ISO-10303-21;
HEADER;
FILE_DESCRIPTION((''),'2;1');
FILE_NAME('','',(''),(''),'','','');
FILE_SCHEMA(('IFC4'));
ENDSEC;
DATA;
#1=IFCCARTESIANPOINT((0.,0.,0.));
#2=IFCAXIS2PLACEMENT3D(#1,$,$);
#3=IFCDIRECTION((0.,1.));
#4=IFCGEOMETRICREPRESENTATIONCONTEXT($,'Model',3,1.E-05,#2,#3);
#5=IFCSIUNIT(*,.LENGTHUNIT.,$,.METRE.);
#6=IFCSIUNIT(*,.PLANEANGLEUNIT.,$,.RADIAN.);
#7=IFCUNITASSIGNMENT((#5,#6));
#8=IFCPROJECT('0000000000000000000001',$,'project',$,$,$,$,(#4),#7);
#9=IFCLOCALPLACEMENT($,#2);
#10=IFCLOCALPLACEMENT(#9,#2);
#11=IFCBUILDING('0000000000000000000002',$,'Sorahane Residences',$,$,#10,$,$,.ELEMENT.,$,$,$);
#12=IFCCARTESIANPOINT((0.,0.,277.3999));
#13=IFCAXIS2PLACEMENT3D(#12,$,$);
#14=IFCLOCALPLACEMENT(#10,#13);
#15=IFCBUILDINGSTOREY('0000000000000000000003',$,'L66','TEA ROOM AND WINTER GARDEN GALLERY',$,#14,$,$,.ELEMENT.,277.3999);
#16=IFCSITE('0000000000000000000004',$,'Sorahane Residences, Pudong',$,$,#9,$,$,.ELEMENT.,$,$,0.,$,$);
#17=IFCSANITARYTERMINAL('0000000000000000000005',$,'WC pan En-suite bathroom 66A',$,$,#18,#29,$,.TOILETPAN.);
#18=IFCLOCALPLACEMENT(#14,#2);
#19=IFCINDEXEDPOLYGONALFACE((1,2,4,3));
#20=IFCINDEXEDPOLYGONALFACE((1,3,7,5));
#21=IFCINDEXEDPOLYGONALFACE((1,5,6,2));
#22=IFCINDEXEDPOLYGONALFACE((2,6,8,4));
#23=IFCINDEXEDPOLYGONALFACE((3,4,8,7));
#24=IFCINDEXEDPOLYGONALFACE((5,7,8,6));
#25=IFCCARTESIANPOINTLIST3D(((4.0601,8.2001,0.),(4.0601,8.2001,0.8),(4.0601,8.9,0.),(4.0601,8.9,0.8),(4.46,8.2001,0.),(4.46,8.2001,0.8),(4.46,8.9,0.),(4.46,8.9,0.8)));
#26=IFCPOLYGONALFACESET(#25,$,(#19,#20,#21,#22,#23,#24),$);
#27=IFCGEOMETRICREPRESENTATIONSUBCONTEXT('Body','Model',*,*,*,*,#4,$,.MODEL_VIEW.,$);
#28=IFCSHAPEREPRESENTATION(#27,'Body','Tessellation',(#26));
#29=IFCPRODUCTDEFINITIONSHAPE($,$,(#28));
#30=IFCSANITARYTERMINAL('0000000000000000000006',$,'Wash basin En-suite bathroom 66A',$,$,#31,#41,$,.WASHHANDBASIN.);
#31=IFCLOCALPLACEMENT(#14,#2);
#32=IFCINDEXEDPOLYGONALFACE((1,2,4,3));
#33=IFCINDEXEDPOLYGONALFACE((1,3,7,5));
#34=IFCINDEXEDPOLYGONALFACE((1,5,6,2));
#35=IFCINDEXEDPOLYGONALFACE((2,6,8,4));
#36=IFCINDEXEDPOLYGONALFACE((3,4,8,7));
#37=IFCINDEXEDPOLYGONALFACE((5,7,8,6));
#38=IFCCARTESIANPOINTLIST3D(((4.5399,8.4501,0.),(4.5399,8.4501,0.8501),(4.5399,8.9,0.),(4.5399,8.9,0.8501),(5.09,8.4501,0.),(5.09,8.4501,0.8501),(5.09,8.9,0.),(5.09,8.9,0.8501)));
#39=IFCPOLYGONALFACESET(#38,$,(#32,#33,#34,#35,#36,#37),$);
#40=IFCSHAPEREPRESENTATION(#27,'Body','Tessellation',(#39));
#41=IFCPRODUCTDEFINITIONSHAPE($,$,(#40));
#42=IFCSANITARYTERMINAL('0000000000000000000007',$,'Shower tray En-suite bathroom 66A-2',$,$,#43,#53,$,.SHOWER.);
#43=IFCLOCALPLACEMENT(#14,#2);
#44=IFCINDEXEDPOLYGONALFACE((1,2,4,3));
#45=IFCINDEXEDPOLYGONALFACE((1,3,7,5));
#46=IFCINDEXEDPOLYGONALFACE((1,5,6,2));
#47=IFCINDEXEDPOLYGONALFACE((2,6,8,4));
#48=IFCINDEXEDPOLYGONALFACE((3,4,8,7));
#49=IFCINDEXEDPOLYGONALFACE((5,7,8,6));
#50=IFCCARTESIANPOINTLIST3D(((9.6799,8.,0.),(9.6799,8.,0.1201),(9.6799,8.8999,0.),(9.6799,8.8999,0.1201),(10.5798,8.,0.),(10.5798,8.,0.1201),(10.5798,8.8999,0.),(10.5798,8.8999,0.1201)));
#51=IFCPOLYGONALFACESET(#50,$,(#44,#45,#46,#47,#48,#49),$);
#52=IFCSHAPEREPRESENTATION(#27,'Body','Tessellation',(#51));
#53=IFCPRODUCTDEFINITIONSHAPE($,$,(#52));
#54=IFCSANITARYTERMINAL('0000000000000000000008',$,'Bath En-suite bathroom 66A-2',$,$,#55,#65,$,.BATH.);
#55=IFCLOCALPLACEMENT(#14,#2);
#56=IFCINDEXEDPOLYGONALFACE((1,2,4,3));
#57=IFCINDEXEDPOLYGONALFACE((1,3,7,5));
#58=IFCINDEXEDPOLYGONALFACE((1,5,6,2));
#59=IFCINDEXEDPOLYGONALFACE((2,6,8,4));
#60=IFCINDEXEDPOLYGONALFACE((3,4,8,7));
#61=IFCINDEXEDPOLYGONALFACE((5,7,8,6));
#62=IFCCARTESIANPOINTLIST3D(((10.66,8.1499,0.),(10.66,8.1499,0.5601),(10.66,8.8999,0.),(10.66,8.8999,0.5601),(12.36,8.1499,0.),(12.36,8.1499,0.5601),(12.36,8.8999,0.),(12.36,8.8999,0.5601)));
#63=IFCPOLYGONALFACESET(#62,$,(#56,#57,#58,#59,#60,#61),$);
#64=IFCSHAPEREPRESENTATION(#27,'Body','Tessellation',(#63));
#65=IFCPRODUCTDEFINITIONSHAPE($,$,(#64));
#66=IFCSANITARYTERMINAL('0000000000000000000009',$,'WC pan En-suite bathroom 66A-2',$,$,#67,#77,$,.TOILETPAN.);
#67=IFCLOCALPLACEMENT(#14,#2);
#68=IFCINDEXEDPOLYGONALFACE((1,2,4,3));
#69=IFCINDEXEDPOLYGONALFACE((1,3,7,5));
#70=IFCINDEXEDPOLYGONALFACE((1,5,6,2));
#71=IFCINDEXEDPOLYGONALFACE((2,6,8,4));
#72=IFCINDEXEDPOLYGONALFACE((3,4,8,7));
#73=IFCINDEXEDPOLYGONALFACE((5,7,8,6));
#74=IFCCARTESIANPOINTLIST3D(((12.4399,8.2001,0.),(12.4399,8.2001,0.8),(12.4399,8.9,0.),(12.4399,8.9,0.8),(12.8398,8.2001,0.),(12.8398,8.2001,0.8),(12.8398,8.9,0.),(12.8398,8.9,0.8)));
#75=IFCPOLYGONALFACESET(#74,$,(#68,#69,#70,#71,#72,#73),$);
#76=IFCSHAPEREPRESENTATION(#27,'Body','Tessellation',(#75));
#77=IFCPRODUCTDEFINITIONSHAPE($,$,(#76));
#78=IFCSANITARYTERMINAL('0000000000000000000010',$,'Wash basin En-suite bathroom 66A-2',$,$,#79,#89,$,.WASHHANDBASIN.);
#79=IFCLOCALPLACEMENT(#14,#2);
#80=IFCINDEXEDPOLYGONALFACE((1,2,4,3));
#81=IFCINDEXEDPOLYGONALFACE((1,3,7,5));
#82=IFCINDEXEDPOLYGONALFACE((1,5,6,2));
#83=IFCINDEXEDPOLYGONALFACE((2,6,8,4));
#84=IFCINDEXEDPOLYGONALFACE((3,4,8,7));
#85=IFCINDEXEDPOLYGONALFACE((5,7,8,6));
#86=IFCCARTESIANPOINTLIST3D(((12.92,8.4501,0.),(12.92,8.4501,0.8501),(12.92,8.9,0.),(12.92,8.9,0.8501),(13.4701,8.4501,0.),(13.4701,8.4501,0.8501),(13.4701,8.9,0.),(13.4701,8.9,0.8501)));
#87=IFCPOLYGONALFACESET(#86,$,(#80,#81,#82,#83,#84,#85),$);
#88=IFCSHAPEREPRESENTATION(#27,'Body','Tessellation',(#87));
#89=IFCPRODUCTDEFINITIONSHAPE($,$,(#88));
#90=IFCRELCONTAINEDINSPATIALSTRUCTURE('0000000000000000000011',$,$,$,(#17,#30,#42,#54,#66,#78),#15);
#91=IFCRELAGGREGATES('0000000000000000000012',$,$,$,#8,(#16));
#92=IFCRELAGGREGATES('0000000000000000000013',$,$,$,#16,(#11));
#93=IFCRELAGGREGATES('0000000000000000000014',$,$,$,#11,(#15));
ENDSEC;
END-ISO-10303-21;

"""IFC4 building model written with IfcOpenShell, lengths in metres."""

from ifc_helpers import new_model, si_unit, direction, frame, origin, origin_2d, place, context, subcontext, project, spatial, rectangle, extrude, element, save


model = new_model("IFC4")

# Units and contexts
model_context = context("Model", 3, precision=1e-05, world=origin(), true_north=direction((0.0, 1.0)))
body_context = subcontext(model_context, "Body", "Model", "MODEL_VIEW")
ifc_project = project(units=[si_unit("LENGTHUNIT", "METRE"), si_unit("PLANEANGLEUNIT", "RADIAN")], contexts=[model_context])

# Site, building, storey
site_placement = place(None, origin())
site = spatial("IfcSite", under=ifc_project, at=site_placement, Name="Sorahane Residences, Pudong", CompositionType="ELEMENT", RefElevation=0.0)
building_placement = place(site_placement, origin())
building = spatial("IfcBuilding", under=site, at=building_placement, Name="Sorahane Residences", CompositionType="ELEMENT")
storey_placement = place(building_placement, frame((0.0, 0.0, 277.3999)))
storey = spatial("IfcBuildingStorey", under=building, at=storey_placement, Name="L66", Description="TEA ROOM AND WINTER GARDEN GALLERY", CompositionType="ELEMENT", Elevation=277.3999)

# Sanitary terminals
sanitary_terminal_1_placement = place(storey_placement, frame((4.26, 8.55, 0.0), z_axis=(0.0, 0.0, 1.0), x_axis=(1.0, 0.0, 0.0)))
element("IfcSanitaryTerminal", 1, at=sanitary_terminal_1_placement, inside=storey, Name="WC pan En-suite bathroom 66A", PredefinedType="TOILETPAN", context=body_context, shape_type="SweptSolid", body=[
    extrude(rectangle(XDim=0.3999, YDim=0.7, at=origin_2d()), origin(), (0.0, 0.0, 1.0), 0.8),
])
sanitary_terminal_2_placement = place(storey_placement, frame((4.8149, 8.675, 0.0), z_axis=(0.0, 0.0, 1.0), x_axis=(1.0, 0.0, 0.0)))
element("IfcSanitaryTerminal", 2, at=sanitary_terminal_2_placement, inside=storey, Name="Wash basin En-suite bathroom 66A", PredefinedType="WASHHANDBASIN", context=body_context, shape_type="SweptSolid", body=[
    extrude(rectangle(XDim=0.55, YDim=0.45, at=origin_2d()), origin(), (0.0, 0.0, 1.0), 0.8501),
])
sanitary_terminal_3_placement = place(storey_placement, frame((10.1299, 8.45, 0.0), z_axis=(0.0, 0.0, 1.0), x_axis=(1.0, 0.0, 0.0)))
element("IfcSanitaryTerminal", 3, at=sanitary_terminal_3_placement, inside=storey, Name="Shower tray En-suite bathroom 66A-2", PredefinedType="SHOWER", context=body_context, shape_type="SweptSolid", body=[
    extrude(rectangle(XDim=0.8999, YDim=0.8999, at=origin_2d()), origin(), (0.0, 0.0, 1.0), 0.1201),
])
sanitary_terminal_4_placement = place(storey_placement, frame((11.51, 8.5249, 0.0), z_axis=(0.0, 0.0, 1.0), x_axis=(1.0, 0.0, 0.0)))
element("IfcSanitaryTerminal", 4, at=sanitary_terminal_4_placement, inside=storey, Name="Bath En-suite bathroom 66A-2", PredefinedType="BATH", context=body_context, shape_type="SweptSolid", body=[
    extrude(rectangle(XDim=1.7, YDim=0.75, at=origin_2d()), origin(), (0.0, 0.0, 1.0), 0.5601),
])
sanitary_terminal_5_placement = place(storey_placement, frame((12.6399, 8.55, 0.0), z_axis=(0.0, 0.0, 1.0), x_axis=(1.0, 0.0, 0.0)))
element("IfcSanitaryTerminal", 5, at=sanitary_terminal_5_placement, inside=storey, Name="WC pan En-suite bathroom 66A-2", PredefinedType="TOILETPAN", context=body_context, shape_type="SweptSolid", body=[
    extrude(rectangle(XDim=0.3999, YDim=0.7, at=origin_2d()), origin(), (0.0, 0.0, 1.0), 0.8),
])
sanitary_terminal_6_placement = place(storey_placement, frame((13.1951, 8.675, 0.0), z_axis=(0.0, 0.0, 1.0), x_axis=(1.0, 0.0, 0.0)))
element("IfcSanitaryTerminal", 6, at=sanitary_terminal_6_placement, inside=storey, Name="Wash basin En-suite bathroom 66A-2", PredefinedType="WASHHANDBASIN", context=body_context, shape_type="SweptSolid", body=[
    extrude(rectangle(XDim=0.55, YDim=0.45, at=origin_2d()), origin(), (0.0, 0.0, 1.0), 0.8501),
])

save(model, "model.ifc")
